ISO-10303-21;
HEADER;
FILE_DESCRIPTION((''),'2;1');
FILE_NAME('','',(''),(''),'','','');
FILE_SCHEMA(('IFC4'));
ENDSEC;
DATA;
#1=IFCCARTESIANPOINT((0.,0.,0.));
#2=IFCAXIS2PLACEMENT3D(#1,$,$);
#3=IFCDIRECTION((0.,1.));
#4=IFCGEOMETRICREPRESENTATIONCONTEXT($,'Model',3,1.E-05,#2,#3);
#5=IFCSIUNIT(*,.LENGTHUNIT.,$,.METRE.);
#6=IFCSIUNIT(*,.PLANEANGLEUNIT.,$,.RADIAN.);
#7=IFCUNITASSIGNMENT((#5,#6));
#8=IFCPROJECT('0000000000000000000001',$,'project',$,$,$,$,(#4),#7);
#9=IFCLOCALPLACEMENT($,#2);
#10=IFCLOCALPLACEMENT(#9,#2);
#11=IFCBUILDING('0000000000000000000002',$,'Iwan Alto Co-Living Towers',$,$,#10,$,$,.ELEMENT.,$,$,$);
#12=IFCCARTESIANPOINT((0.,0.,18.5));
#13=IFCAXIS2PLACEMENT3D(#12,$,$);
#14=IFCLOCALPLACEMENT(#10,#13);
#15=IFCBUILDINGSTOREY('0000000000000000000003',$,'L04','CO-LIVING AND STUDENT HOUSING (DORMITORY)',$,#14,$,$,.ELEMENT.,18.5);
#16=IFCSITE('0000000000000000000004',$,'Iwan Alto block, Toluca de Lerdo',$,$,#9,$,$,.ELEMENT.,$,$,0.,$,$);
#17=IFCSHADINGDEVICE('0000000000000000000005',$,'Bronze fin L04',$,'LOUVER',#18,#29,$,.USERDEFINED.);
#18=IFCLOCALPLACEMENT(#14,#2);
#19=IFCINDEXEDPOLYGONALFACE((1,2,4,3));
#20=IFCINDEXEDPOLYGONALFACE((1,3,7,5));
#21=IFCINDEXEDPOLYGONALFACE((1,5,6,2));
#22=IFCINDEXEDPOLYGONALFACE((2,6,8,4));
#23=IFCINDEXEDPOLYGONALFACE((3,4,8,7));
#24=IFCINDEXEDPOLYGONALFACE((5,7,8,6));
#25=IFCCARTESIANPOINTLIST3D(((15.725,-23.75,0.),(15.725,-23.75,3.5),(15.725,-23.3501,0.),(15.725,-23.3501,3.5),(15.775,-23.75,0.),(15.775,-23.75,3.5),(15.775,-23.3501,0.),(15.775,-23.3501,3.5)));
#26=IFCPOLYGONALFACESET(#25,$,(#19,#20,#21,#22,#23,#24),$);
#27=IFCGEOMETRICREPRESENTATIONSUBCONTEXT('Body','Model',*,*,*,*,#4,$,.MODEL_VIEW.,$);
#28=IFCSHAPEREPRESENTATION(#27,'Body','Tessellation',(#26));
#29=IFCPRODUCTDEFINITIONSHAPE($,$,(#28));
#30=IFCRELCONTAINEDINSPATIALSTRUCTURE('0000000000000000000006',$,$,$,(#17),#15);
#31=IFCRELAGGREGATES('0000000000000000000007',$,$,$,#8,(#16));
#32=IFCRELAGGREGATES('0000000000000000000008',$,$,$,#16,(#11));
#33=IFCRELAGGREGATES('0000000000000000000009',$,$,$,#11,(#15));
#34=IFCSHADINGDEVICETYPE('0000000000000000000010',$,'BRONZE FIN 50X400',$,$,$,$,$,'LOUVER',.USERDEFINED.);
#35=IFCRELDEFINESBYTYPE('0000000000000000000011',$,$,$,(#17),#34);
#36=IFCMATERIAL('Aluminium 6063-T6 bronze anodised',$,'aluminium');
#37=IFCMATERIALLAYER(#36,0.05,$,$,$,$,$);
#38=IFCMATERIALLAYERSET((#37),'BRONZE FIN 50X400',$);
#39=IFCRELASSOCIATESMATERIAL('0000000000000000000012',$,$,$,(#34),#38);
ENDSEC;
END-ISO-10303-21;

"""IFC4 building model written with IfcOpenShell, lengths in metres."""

from ifc_helpers import new_model, si_unit, direction, frame, origin, origin_2d, place, context, subcontext, project, spatial, rectangle, extrude, material, layer, layer_set, type_object, element, save


model = new_model("IFC4")

# Units and contexts
model_context = context("Model", 3, precision=1e-05, world=origin(), true_north=direction((0.0, 1.0)))
body_context = subcontext(model_context, "Body", "Model", "MODEL_VIEW")
ifc_project = project(units=[si_unit("LENGTHUNIT", "METRE"), si_unit("PLANEANGLEUNIT", "RADIAN")], contexts=[model_context])

# Site, building, storey
site_placement = place(None, origin())
site = spatial("IfcSite", under=ifc_project, at=site_placement, Name="Iwan Alto block, Toluca de Lerdo", CompositionType="ELEMENT", RefElevation=0.0)
building_placement = place(site_placement, origin())
building = spatial("IfcBuilding", under=site, at=building_placement, Name="Iwan Alto Co-Living Towers", CompositionType="ELEMENT")
storey_placement = place(building_placement, frame((0.0, 0.0, 18.5)))
storey = spatial("IfcBuildingStorey", under=building, at=storey_placement, Name="L04", Description="CO-LIVING AND STUDENT HOUSING (DORMITORY)", CompositionType="ELEMENT", Elevation=18.5)

# Shading device
ifc_material_1 = material(Name="Aluminium 6063-T6 bronze anodised", Category="aluminium")
ifc_layer_1 = layer(ifc_material_1, 0.05)
ifc_layer_set_1 = layer_set([ifc_layer_1], Name="BRONZE FIN 50X400")
shading_device_type = type_object("IfcShadingDeviceType", Name="BRONZE FIN 50X400", ElementType="LOUVER", PredefinedType="USERDEFINED", material=ifc_layer_set_1)
shading_device_placement = place(storey_placement, frame((15.75, -23.55, 0.0), z_axis=(0.0, 0.0, 1.0), x_axis=(1.0, 0.0, 0.0)))
element("IfcShadingDevice", 1, at=shading_device_placement, inside=storey, type_object=shading_device_type, Name="Bronze fin L04", ObjectType="LOUVER", PredefinedType="USERDEFINED", context=body_context, shape_type="SweptSolid", body=[
    extrude(rectangle(XDim=0.05, YDim=0.3999, at=origin_2d()), origin(), (0.0, 0.0, 1.0), 3.5),
])

save(model, "model.ifc")
